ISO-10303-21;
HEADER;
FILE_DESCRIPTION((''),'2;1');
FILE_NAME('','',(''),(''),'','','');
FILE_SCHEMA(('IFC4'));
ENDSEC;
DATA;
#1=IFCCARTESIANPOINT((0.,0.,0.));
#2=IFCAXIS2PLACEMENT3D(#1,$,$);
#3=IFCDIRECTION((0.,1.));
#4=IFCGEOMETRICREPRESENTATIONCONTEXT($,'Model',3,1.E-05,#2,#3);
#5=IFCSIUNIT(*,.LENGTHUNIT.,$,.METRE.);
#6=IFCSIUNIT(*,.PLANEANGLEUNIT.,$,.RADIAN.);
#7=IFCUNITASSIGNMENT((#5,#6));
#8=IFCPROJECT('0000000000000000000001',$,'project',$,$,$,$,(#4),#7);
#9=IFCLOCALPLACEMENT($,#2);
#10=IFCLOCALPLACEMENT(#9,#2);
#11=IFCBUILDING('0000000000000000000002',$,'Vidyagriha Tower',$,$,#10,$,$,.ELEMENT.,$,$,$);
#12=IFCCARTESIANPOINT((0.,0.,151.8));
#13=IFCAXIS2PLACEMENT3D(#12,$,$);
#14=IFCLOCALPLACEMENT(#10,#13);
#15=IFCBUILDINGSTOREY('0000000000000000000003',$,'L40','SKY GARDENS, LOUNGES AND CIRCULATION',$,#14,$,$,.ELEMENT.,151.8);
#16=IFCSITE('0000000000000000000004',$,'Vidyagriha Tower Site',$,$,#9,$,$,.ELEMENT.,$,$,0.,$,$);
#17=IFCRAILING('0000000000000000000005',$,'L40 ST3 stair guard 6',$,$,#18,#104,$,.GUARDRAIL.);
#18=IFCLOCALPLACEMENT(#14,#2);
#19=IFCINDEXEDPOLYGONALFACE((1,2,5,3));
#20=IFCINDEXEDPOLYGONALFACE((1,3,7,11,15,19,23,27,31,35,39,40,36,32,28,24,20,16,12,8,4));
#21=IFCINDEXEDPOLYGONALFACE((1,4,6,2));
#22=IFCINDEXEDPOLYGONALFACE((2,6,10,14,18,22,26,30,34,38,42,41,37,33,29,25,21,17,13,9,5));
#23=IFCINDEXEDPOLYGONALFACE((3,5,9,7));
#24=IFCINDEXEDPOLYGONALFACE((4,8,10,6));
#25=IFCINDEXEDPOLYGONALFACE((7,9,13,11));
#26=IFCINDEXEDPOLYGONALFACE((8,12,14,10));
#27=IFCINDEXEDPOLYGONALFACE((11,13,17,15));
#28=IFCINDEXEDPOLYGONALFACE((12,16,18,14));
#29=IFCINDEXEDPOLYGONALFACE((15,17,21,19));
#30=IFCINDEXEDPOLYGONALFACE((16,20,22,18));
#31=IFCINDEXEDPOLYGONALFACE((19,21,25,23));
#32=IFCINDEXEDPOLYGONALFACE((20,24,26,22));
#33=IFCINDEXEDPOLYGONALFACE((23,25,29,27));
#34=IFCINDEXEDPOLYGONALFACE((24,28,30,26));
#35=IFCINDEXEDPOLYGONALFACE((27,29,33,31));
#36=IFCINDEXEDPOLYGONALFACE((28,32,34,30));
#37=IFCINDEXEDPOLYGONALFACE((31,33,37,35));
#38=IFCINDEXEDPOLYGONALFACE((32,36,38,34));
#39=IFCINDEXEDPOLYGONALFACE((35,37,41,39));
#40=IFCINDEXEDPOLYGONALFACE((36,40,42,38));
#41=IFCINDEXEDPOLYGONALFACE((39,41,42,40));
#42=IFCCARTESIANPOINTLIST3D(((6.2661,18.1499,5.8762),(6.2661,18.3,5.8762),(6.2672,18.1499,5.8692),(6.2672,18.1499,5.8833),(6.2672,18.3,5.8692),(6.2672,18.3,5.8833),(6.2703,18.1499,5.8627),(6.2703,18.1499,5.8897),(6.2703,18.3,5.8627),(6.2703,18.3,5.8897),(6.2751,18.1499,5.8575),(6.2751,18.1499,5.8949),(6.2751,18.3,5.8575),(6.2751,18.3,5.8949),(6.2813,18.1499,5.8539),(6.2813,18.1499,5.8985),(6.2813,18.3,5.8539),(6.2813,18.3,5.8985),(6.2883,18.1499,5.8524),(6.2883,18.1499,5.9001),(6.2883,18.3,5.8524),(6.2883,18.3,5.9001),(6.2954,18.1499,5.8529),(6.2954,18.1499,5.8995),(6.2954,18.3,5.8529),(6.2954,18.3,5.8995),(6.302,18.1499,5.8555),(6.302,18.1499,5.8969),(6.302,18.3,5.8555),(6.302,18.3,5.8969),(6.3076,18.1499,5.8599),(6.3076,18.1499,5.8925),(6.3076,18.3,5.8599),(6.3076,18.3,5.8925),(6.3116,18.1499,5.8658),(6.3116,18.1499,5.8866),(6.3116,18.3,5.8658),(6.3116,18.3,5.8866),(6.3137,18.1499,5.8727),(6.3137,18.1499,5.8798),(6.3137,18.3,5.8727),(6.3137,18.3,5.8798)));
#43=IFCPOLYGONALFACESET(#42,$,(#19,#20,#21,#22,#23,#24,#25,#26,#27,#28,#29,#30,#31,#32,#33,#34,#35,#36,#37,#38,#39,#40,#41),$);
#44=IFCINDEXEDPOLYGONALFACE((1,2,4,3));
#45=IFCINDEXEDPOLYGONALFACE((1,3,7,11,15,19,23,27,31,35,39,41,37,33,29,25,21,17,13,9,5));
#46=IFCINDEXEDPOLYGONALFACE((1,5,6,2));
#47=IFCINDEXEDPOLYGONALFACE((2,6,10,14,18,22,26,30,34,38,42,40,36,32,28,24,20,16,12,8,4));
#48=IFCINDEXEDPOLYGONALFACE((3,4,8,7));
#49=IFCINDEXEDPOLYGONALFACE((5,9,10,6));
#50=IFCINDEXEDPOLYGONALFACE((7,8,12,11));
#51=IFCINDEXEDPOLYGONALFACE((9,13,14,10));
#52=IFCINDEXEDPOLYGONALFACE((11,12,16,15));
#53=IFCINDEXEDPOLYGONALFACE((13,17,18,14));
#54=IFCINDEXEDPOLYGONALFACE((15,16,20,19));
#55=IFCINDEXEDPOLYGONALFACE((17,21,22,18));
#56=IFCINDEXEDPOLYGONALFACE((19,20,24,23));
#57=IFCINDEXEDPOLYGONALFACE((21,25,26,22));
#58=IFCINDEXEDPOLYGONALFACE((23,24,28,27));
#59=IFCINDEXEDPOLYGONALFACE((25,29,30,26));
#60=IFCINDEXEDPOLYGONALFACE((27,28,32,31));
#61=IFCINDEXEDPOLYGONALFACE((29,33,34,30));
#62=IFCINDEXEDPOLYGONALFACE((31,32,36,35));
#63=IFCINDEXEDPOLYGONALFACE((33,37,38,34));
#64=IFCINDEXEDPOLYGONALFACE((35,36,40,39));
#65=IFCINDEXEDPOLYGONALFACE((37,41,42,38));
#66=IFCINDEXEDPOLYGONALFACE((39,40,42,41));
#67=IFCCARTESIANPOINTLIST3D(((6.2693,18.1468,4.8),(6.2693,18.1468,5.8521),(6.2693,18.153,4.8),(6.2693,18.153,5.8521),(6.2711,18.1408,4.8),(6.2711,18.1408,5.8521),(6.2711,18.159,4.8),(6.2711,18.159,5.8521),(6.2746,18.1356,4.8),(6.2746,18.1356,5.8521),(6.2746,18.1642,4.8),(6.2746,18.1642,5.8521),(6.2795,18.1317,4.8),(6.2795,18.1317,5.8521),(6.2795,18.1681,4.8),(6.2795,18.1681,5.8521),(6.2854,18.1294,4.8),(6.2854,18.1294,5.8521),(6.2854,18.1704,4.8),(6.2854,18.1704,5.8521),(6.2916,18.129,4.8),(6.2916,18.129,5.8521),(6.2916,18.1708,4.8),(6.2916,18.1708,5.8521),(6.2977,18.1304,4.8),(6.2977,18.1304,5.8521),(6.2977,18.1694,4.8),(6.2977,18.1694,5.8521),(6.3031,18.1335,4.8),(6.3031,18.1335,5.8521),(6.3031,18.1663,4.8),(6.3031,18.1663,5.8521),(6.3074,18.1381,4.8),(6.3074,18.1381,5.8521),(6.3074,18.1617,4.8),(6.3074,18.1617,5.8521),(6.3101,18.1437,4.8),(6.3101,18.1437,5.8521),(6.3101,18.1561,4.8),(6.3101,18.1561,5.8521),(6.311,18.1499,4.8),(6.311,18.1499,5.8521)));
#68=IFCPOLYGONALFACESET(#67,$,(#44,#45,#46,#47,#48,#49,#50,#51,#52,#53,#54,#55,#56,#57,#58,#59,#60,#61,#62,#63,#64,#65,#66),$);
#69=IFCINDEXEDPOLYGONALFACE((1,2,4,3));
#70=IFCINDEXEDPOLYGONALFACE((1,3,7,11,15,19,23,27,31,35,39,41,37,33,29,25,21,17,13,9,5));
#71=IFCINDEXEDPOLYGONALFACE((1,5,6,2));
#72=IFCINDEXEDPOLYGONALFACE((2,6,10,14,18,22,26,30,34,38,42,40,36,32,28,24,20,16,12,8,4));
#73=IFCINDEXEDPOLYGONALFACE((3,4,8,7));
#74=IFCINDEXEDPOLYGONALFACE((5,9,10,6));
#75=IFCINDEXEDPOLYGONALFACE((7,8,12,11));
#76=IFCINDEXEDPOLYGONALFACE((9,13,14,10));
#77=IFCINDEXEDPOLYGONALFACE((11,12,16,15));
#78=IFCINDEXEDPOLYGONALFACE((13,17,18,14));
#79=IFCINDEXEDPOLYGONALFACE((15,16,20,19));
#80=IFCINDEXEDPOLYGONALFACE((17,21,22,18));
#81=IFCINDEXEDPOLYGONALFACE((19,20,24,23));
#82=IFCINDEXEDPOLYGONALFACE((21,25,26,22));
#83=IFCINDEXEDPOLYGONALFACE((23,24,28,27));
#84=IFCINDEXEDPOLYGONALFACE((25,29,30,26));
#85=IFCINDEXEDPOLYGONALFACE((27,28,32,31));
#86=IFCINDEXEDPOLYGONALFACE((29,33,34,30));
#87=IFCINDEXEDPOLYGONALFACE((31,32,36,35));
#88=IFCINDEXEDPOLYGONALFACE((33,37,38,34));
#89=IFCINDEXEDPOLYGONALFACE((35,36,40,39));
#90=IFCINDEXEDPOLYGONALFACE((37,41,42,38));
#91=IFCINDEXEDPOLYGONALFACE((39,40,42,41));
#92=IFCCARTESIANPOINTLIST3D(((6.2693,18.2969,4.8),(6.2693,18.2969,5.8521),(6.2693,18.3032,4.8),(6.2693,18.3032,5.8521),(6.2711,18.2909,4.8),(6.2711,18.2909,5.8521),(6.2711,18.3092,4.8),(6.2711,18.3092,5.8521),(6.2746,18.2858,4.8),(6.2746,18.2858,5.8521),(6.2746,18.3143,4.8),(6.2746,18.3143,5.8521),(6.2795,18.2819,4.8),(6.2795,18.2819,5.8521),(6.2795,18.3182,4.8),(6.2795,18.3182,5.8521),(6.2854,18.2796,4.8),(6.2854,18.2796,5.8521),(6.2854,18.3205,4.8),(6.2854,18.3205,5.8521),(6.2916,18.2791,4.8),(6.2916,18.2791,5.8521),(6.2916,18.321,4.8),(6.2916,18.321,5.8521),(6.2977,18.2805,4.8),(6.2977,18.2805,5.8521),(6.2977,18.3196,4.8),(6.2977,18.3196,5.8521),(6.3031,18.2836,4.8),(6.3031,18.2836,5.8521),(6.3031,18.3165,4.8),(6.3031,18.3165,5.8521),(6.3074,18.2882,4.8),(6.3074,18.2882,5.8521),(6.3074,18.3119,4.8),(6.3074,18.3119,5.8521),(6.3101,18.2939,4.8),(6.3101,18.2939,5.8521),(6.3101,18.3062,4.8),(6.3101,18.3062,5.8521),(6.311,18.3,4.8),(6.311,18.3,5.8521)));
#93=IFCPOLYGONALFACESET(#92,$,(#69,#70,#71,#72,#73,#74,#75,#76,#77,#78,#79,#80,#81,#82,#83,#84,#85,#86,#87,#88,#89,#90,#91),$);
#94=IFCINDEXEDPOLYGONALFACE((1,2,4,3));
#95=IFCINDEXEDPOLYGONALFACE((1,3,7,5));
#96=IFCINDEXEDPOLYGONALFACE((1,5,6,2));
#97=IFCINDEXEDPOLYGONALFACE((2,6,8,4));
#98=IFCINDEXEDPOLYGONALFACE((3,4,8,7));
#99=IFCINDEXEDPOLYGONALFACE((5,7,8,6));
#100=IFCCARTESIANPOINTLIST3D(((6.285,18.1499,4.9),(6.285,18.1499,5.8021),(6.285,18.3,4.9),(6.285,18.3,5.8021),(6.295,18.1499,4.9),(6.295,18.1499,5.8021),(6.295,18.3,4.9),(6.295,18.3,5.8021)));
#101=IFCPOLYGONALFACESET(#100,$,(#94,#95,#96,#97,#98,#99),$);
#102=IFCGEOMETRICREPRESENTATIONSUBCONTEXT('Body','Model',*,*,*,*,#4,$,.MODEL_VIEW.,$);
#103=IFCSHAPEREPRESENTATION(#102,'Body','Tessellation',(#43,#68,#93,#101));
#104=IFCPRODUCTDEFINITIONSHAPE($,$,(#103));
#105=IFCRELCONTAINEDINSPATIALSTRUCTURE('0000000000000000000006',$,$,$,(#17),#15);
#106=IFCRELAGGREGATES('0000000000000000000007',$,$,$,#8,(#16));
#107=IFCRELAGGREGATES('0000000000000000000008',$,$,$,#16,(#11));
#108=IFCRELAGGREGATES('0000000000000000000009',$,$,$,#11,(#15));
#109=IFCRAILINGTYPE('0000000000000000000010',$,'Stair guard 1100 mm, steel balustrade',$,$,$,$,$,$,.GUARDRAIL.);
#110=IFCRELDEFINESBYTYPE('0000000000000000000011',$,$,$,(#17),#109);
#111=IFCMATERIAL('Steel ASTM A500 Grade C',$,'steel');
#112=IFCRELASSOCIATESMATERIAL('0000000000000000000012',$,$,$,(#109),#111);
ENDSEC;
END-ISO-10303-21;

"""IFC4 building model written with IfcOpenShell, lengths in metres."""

from ifc_helpers import new_model, si_unit, direction, frame, origin, origin_2d, place, context, subcontext, project, spatial, rectangle, circle, extrude, material, type_object, element, save


model = new_model("IFC4")

# Units and contexts
model_context = context("Model", 3, precision=1e-05, world=origin(), true_north=direction((0.0, 1.0)))
body_context = subcontext(model_context, "Body", "Model", "MODEL_VIEW")
ifc_project = project(units=[si_unit("LENGTHUNIT", "METRE"), si_unit("PLANEANGLEUNIT", "RADIAN")], contexts=[model_context])

# Site, building, storey
site_placement = place(None, origin())
site = spatial("IfcSite", under=ifc_project, at=site_placement, Name="Vidyagriha Tower Site", CompositionType="ELEMENT", RefElevation=0.0)
building_placement = place(site_placement, origin())
building = spatial("IfcBuilding", under=site, at=building_placement, Name="Vidyagriha Tower", CompositionType="ELEMENT")
storey_placement = place(building_placement, frame((0.0, 0.0, 151.8)))
storey = spatial("IfcBuildingStorey", under=building, at=storey_placement, Name="L40", Description="SKY GARDENS, LOUNGES AND CIRCULATION", CompositionType="ELEMENT", Elevation=151.8)

# Railing
ifc_material_1 = material(Name="Steel ASTM A500 Grade C", Category="steel")
railing_type_1 = type_object("IfcRailingType", Name="Stair guard 1100 mm, steel balustrade", PredefinedType="GUARDRAIL", material=ifc_material_1)
railing_1_placement = place(storey_placement, frame((6.29, 18.1499, 4.8)))
element("IfcRailing", 1, at=railing_1_placement, inside=storey, type_object=railing_type_1, Name="L40 ST3 stair guard 6", PredefinedType="GUARDRAIL", context=body_context, shape_type="SweptSolid", body=[
    extrude(circle(Radius=0.0239, at=origin_2d()), frame((0.0, 0.0, 1.0762), z_axis=(0.0, 1.0, 0.0), x_axis=(-1.0, 0.0, 0.0)), (0.0, 0.0, 1.0), 0.1501),
    extrude(circle(Radius=0.021, at=origin_2d()), origin(), (0.0, 0.0, 1.0), 1.052),
    extrude(circle(Radius=0.021, at=origin_2d()), frame((0.0, 0.1501, 0.0)), (0.0, 0.0, 1.0), 1.052),
    extrude(rectangle(XDim=0.01, YDim=0.9021, at=origin_2d()), frame((0.0, 0.0, 0.551), z_axis=(0.0, 1.0, 0.0), x_axis=(-1.0, 0.0, 0.0)), (0.0, 0.0, 1.0), 0.1501),
])

save(model, "model.ifc")
